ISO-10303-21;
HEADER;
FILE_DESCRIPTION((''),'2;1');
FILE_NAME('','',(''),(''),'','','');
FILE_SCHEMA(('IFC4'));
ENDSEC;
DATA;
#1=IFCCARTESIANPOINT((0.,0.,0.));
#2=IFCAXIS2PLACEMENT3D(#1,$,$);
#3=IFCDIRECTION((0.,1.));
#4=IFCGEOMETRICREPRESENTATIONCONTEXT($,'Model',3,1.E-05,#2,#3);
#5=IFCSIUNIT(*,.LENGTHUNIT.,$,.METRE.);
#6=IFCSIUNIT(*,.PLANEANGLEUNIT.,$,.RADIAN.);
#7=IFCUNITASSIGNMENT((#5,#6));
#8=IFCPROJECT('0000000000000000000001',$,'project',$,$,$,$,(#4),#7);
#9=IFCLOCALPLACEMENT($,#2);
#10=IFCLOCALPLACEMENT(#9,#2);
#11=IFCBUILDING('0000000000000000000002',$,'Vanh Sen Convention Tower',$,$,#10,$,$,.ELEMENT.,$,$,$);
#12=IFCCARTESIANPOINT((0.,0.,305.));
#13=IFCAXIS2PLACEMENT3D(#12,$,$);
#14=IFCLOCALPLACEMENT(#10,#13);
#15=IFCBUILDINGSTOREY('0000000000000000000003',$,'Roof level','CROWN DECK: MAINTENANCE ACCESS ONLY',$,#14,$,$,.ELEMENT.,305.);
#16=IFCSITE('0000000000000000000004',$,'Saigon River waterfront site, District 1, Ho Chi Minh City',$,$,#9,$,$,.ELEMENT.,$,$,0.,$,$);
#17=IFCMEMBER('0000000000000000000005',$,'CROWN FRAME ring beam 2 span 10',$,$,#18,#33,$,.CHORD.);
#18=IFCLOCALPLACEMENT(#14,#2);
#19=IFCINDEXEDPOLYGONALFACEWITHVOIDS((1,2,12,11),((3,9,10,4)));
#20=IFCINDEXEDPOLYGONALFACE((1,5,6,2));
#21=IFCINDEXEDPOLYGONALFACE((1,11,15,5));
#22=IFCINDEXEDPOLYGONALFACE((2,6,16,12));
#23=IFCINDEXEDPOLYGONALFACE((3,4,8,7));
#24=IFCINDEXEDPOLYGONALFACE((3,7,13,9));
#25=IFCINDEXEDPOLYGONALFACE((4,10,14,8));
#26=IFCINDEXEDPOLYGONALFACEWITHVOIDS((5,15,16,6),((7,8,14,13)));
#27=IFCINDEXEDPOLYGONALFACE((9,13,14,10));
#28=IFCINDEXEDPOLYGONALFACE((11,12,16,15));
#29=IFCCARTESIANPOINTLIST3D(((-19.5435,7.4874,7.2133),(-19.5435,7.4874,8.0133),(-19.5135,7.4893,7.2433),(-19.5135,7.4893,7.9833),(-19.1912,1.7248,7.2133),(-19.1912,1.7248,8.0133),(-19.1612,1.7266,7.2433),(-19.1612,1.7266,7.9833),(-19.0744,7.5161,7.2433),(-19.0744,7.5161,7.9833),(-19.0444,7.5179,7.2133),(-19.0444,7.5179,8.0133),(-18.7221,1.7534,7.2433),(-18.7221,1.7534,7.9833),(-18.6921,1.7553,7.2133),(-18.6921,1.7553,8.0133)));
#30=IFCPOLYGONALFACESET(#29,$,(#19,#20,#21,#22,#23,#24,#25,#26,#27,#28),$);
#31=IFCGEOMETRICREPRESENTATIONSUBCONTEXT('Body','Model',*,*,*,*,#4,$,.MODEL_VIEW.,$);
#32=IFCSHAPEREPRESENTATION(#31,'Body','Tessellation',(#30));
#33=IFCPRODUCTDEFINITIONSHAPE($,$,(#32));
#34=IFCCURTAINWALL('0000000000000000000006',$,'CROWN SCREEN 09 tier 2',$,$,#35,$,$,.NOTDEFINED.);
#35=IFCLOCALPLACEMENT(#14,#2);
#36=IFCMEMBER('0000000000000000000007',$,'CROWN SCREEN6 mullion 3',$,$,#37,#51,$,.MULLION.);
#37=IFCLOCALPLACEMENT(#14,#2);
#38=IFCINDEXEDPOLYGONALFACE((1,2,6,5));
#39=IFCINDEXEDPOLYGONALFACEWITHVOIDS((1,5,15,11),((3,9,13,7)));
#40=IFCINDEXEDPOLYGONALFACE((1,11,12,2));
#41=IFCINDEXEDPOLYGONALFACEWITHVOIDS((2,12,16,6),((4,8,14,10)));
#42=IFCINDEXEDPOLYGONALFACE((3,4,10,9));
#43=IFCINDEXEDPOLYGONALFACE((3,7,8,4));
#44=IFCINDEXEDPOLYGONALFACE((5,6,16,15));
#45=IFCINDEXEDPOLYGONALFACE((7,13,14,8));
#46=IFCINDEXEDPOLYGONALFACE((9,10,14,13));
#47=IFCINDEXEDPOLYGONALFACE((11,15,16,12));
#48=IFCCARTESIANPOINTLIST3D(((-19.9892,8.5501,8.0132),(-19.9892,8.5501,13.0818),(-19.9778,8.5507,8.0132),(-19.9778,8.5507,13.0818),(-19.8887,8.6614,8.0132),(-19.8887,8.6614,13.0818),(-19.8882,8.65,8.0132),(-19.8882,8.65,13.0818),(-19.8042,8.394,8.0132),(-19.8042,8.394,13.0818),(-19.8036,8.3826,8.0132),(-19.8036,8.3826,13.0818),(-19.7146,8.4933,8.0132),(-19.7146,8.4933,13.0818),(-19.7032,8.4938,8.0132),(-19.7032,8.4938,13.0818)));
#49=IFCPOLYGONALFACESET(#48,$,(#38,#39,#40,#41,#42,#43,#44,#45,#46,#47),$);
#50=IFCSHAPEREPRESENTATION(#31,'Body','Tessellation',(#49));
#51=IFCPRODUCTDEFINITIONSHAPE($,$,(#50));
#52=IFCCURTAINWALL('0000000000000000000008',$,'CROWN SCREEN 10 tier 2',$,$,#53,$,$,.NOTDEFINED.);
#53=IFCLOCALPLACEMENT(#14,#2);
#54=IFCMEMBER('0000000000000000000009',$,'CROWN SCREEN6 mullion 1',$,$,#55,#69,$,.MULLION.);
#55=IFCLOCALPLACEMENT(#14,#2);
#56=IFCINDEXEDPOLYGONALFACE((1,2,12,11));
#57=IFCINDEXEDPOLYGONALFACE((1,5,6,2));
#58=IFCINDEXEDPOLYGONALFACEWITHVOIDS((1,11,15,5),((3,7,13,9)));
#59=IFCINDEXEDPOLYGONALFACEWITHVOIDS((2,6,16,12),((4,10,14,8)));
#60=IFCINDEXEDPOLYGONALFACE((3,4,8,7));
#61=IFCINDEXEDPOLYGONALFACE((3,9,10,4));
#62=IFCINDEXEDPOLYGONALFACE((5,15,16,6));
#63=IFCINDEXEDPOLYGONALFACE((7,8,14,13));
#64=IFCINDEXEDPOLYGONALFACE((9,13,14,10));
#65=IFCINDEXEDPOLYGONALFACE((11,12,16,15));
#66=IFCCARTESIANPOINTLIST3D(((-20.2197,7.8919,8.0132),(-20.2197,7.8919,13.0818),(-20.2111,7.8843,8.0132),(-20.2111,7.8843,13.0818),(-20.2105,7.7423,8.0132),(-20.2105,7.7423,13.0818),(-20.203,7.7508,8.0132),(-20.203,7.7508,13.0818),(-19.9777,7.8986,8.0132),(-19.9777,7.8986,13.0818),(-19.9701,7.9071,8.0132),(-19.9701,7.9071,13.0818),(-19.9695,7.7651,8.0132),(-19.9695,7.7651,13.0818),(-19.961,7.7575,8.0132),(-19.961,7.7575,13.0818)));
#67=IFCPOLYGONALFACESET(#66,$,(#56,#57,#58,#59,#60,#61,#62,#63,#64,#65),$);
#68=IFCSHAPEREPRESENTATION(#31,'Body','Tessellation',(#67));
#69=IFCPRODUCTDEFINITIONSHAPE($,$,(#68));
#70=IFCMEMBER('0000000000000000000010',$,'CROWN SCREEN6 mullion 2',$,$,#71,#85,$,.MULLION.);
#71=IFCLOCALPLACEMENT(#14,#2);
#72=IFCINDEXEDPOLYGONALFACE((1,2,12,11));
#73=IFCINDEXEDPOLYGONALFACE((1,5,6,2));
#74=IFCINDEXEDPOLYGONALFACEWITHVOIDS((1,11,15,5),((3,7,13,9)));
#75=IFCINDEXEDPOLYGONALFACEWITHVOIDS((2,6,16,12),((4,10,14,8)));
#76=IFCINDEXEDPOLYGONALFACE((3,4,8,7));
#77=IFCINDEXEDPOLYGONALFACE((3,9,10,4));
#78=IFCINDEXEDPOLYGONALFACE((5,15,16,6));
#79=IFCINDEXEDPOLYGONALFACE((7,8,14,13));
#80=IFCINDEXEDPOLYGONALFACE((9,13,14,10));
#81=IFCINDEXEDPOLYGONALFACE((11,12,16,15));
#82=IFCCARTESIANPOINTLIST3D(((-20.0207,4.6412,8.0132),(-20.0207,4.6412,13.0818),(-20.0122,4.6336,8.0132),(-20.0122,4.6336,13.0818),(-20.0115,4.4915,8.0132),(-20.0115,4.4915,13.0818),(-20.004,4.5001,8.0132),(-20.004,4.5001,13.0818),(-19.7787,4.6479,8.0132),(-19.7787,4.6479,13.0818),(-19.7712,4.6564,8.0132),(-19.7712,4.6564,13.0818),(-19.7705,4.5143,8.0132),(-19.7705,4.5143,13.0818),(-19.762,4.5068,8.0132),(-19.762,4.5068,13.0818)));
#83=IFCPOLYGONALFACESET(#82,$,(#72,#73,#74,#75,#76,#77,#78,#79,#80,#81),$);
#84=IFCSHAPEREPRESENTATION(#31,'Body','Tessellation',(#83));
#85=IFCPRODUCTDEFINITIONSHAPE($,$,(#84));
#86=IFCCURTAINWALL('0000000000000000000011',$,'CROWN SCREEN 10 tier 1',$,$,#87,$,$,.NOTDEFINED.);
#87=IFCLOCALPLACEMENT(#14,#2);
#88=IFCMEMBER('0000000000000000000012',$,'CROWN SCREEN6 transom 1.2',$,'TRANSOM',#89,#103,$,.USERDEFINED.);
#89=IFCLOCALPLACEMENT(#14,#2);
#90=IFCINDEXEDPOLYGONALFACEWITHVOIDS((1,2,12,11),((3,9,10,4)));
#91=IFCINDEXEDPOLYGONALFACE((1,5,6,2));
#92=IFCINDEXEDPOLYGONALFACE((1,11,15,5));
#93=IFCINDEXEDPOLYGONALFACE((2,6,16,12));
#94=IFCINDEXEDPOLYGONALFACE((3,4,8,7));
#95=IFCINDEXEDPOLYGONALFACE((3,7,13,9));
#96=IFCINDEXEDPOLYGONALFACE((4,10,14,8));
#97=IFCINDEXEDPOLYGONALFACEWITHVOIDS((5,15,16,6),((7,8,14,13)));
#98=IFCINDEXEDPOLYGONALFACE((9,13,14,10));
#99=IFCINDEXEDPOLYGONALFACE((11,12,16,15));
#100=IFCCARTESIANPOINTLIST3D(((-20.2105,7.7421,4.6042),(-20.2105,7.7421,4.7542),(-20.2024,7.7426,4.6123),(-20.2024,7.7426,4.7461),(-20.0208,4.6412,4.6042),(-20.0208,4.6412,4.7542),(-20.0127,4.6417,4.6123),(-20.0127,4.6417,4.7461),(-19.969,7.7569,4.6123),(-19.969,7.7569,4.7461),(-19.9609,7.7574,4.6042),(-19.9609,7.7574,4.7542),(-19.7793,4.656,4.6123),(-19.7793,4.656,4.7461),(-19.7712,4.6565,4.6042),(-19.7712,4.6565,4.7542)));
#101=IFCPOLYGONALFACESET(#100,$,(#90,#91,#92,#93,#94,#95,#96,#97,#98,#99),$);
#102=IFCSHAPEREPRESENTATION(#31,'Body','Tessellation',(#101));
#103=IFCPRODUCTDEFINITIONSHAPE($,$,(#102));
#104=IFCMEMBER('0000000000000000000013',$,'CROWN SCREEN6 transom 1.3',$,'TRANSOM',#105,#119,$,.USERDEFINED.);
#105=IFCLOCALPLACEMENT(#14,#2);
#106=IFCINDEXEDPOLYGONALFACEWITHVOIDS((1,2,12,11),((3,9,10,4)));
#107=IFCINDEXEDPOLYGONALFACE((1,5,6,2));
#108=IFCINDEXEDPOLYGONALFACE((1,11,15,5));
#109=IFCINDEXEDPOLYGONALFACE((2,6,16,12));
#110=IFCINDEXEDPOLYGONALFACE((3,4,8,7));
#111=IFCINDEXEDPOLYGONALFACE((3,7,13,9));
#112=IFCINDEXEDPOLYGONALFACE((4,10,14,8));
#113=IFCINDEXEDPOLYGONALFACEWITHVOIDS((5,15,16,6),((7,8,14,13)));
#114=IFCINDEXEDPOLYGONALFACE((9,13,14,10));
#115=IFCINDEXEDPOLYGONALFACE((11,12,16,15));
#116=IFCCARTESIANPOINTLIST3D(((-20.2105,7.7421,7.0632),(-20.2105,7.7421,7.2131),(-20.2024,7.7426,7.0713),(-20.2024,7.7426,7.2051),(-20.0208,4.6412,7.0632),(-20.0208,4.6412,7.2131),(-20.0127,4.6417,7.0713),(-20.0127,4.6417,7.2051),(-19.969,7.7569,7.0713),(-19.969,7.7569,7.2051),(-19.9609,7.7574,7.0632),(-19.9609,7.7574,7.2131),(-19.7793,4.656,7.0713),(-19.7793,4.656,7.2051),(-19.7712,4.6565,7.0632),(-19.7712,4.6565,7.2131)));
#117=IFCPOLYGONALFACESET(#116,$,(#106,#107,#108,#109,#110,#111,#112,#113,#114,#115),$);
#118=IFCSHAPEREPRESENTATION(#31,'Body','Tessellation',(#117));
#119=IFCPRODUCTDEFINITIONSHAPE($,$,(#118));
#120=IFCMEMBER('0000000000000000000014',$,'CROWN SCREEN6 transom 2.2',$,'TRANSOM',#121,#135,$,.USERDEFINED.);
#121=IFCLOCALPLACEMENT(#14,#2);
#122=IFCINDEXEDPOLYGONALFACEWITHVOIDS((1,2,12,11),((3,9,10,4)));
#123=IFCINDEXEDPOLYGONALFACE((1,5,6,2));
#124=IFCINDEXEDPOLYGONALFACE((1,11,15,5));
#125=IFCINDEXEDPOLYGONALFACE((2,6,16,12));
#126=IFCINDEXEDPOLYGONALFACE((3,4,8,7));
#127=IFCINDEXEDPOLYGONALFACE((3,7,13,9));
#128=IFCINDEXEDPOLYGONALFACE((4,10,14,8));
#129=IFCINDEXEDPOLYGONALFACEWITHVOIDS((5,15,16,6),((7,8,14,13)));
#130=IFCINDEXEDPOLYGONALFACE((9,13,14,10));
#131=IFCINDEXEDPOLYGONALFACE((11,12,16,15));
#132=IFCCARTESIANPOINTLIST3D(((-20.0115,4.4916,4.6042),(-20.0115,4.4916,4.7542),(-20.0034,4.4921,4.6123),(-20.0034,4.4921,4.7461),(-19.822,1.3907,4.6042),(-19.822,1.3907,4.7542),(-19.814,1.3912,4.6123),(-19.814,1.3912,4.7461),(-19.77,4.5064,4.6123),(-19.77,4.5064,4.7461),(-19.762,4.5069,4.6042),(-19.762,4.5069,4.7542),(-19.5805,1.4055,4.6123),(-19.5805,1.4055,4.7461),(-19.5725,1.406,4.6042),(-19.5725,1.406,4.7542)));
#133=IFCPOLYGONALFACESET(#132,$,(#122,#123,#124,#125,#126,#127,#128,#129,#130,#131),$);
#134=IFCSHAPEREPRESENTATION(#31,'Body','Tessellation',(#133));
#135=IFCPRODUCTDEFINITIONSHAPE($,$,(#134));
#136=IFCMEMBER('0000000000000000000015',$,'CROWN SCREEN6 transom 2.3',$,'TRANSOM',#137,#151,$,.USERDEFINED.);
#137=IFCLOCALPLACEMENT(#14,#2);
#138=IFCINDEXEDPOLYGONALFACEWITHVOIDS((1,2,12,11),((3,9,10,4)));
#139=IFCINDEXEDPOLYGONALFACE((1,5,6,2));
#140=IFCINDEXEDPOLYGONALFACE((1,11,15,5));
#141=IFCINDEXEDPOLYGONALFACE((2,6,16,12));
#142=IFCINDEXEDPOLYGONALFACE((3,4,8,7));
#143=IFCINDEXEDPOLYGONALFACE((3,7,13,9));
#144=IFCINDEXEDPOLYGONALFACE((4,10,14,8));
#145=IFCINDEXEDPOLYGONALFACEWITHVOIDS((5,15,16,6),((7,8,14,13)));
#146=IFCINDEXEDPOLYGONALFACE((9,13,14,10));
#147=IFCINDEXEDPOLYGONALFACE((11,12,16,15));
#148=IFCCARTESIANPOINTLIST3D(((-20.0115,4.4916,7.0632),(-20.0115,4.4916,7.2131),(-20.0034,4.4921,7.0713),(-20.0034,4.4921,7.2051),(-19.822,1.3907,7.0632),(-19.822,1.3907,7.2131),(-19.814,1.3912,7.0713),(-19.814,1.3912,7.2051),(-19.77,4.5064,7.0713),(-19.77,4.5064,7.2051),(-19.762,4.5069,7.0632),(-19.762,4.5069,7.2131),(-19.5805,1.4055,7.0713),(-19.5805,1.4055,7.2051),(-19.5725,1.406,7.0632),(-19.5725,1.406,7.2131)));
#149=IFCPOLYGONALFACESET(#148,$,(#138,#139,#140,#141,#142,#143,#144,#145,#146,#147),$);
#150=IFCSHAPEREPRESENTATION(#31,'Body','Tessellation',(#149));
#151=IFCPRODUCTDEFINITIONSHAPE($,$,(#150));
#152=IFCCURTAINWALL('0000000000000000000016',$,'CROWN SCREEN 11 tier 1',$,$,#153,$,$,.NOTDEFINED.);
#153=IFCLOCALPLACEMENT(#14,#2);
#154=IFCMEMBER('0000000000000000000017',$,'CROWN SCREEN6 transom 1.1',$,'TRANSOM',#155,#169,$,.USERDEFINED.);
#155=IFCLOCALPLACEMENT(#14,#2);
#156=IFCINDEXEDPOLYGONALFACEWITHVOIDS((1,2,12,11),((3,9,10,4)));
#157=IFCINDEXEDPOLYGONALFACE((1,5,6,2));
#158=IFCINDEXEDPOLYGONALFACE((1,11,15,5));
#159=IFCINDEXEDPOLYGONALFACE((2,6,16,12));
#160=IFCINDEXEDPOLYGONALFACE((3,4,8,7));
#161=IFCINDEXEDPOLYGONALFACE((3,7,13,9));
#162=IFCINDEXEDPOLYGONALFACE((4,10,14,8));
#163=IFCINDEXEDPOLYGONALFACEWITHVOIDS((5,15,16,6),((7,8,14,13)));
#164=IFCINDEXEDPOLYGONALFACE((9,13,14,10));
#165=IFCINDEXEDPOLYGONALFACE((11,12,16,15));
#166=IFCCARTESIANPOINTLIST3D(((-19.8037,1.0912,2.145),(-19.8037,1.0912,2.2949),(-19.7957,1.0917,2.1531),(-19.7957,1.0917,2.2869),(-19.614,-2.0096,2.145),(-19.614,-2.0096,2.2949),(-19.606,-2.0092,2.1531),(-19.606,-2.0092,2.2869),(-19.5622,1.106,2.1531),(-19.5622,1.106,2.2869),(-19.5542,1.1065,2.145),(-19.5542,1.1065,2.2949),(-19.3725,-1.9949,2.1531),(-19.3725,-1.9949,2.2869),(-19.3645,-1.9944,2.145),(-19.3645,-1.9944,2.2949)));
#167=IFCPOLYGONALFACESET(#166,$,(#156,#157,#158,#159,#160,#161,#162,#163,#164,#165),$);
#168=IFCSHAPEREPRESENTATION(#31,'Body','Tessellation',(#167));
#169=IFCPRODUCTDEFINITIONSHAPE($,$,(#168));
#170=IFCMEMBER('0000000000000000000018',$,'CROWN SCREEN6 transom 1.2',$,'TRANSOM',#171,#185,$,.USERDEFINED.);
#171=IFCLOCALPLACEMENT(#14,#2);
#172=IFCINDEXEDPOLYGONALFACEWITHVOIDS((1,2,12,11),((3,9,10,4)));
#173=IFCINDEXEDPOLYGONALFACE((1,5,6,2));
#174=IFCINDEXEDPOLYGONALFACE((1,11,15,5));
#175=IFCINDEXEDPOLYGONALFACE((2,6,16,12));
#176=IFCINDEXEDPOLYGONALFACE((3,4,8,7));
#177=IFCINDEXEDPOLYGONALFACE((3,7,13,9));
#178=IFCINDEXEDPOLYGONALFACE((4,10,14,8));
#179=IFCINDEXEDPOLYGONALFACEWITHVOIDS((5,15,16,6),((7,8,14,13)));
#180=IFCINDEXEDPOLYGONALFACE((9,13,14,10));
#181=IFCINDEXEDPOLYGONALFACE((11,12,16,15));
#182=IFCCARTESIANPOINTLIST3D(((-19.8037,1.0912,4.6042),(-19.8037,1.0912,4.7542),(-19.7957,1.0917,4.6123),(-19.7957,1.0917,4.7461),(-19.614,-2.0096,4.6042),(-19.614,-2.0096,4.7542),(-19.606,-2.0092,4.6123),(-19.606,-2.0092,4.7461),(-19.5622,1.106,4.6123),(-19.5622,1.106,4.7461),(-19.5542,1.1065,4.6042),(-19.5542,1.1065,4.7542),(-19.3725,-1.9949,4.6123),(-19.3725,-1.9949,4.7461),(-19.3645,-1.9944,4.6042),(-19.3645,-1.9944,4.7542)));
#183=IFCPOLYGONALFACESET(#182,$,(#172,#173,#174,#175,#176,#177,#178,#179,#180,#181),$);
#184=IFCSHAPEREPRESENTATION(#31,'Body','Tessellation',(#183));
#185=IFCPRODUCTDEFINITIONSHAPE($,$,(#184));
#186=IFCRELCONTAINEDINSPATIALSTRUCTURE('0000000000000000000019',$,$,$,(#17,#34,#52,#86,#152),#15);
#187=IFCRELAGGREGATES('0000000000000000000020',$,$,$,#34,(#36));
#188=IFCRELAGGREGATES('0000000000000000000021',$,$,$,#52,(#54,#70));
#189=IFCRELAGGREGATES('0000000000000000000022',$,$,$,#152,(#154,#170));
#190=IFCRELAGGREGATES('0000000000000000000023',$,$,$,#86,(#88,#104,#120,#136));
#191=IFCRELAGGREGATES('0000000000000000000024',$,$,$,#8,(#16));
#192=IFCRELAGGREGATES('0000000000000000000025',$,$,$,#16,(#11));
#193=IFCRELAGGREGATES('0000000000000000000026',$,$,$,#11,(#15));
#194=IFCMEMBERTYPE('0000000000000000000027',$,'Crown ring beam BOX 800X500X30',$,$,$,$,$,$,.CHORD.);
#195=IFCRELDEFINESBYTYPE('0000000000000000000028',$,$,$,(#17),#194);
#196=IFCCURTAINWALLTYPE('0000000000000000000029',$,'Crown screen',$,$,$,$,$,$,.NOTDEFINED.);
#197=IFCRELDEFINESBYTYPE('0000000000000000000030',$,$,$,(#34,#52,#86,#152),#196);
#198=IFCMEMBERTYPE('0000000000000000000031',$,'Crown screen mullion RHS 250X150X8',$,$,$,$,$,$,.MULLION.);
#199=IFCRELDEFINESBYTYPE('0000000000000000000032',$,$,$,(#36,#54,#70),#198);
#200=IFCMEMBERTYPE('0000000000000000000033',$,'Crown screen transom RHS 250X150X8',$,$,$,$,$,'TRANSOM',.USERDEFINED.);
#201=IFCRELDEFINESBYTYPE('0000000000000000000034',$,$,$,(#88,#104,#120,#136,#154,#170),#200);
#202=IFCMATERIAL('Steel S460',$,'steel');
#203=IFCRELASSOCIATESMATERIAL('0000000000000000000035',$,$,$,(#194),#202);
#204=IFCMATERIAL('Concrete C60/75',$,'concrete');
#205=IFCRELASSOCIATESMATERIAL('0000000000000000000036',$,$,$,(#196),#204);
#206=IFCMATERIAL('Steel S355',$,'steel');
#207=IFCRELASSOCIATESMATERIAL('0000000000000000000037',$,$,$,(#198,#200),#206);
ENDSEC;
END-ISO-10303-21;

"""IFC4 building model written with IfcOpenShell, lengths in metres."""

from ifc_helpers import new_model, si_unit, direction, frame, origin, origin_2d, place, context, subcontext, project, spatial, hollow_rectangle, extrude, material, material_profile, profile_set, type_object, element, aggregate, save


model = new_model("IFC4")

# Units and contexts
model_context = context("Model", 3, precision=1e-05, world=origin(), true_north=direction((0.0, 1.0)))
body_context = subcontext(model_context, "Body", "Model", "MODEL_VIEW")
ifc_project = project(units=[si_unit("LENGTHUNIT", "METRE"), si_unit("PLANEANGLEUNIT", "RADIAN")], contexts=[model_context])

# Site, building, storey
site_placement = place(None, origin())
site = spatial("IfcSite", under=ifc_project, at=site_placement, Name="Saigon River waterfront site, District 1, Ho Chi Minh City", CompositionType="ELEMENT", RefElevation=0.0)
building_placement = place(site_placement, origin())
building = spatial("IfcBuilding", under=site, at=building_placement, Name="Vanh Sen Convention Tower", CompositionType="ELEMENT")
storey_placement = place(building_placement, frame((0.0, 0.0, 305.0)))
storey = spatial("IfcBuildingStorey", under=building, at=storey_placement, Name="Roof level", Description="CROWN DECK: MAINTENANCE ACCESS ONLY", CompositionType="ELEMENT", Elevation=305.0)

# Member
ifc_material_1 = material(Name="Steel S460", Category="steel")
ifc_material_profile_1 = material_profile(ifc_material_1, hollow_rectangle(XDim=0.5, YDim=0.8, WallThickness=0.03, at=origin_2d()), Name="BOX 800X500X30")
ifc_profile_set_1 = profile_set([ifc_material_profile_1], Name="Steel S460")
member_type_1 = type_object("IfcMemberType", Name="Crown ring beam BOX 800X500X30", PredefinedType="CHORD", material=ifc_profile_set_1)
member_1_placement = place(storey_placement, frame((-19.2939, 7.5027, 7.6133), z_axis=(0.06102, -0.998137, 0.0), x_axis=(0.998137, 0.06102, 0.0)))
element("IfcMember", 1, at=member_1_placement, inside=storey, type_object=member_type_1, Name="CROWN FRAME ring beam 2 span 10", PredefinedType="CHORD", context=body_context, shape_type="SweptSolid", body=[
    extrude(hollow_rectangle(XDim=0.5, YDim=0.8, WallThickness=0.03, at=origin_2d()), origin(), (0.0, 0.0, 1.0), 5.7734),
])

# Curtain wall, member
ifc_material_2 = material(Name="Concrete C60/75", Category="concrete")
curtain_wall_type = type_object("IfcCurtainWallType", Name="Crown screen", PredefinedType="NOTDEFINED", material=ifc_material_2)
curtain_wall_1_placement = place(storey_placement, origin())
curtain_wall_1 = element("IfcCurtainWall", 2, at=curtain_wall_1_placement, inside=storey, type_object=curtain_wall_type, Name="CROWN SCREEN 09 tier 2", PredefinedType="NOTDEFINED")
ifc_material_3 = material(Name="Steel S355", Category="steel")
ifc_material_profile_2 = material_profile(ifc_material_3, hollow_rectangle(XDim=0.25, YDim=0.1499, WallThickness=0.0081, at=origin_2d()), Name="RHS 250X150X8")
ifc_profile_set_2 = profile_set([ifc_material_profile_2], Name="Steel S355")
member_type_2 = type_object("IfcMemberType", Name="Crown screen mullion RHS 250X150X8", PredefinedType="MULLION", material=ifc_profile_set_2)
member_2_placement = place(storey_placement, frame((-19.8462, 8.522, 8.0132), z_axis=(0.0, 0.0, 1.0), x_axis=(0.742232, -0.670143, 0.0)))
member_2 = element("IfcMember", 3, at=member_2_placement, type_object=member_type_2, Name="CROWN SCREEN6 mullion 3", PredefinedType="MULLION", context=body_context, shape_type="SweptSolid", body=[
    extrude(hollow_rectangle(XDim=0.25, YDim=0.1499, WallThickness=0.0081, at=origin_2d()), origin(), (0.0, 0.0, 1.0), 5.0686),
])
aggregate(curtain_wall_1, [member_2])

# Curtain walls, members
curtain_wall_2_placement = place(storey_placement, origin())
curtain_wall_2 = element("IfcCurtainWall", 4, at=curtain_wall_2_placement, inside=storey, type_object=curtain_wall_type, Name="CROWN SCREEN 10 tier 2", PredefinedType="NOTDEFINED")
member_3_placement = place(storey_placement, frame((-20.0903, 7.8247, 8.0132), z_axis=(0.0, 0.0, 1.0), x_axis=(0.998135, 0.061051, 0.0)))
member_3 = element("IfcMember", 5, at=member_3_placement, type_object=member_type_2, Name="CROWN SCREEN6 mullion 1", PredefinedType="MULLION", context=body_context, shape_type="SweptSolid", body=[
    extrude(hollow_rectangle(XDim=0.25, YDim=0.1499, WallThickness=0.0081, at=origin_2d()), origin(), (0.0, 0.0, 1.0), 5.0686),
])
member_4_placement = place(storey_placement, frame((-19.8914, 4.574, 8.0132), z_axis=(0.0, 0.0, 1.0), x_axis=(0.998135, 0.061051, 0.0)))
member_4 = element("IfcMember", 6, at=member_4_placement, type_object=member_type_2, Name="CROWN SCREEN6 mullion 2", PredefinedType="MULLION", context=body_context, shape_type="SweptSolid", body=[
    extrude(hollow_rectangle(XDim=0.25, YDim=0.1499, WallThickness=0.0081, at=origin_2d()), origin(), (0.0, 0.0, 1.0), 5.0686),
])
aggregate(curtain_wall_2, [member_3, member_4])
curtain_wall_3_placement = place(storey_placement, origin())
curtain_wall_3 = element("IfcCurtainWall", 7, at=curtain_wall_3_placement, inside=storey, type_object=curtain_wall_type, Name="CROWN SCREEN 10 tier 1", PredefinedType="NOTDEFINED")
ifc_material_profile_3 = material_profile(ifc_material_3, hollow_rectangle(XDim=0.25, YDim=0.1499, WallThickness=0.0081, at=origin_2d()), Name="RHS 250X150X8")
ifc_profile_set_3 = profile_set([ifc_material_profile_3], Name="Steel S355")
member_type_3 = type_object("IfcMemberType", Name="Crown screen transom RHS 250X150X8", ElementType="TRANSOM", PredefinedType="USERDEFINED", material=ifc_profile_set_3)
member_5_placement = place(storey_placement, frame((-20.0857, 7.7498, 4.6792), z_axis=(0.061062, -0.998134, 0.0), x_axis=(0.998134, 0.061062, 0.0)))
member_5 = element("IfcMember", 8, at=member_5_placement, type_object=member_type_3, Name="CROWN SCREEN6 transom 1.2", ObjectType="TRANSOM", PredefinedType="USERDEFINED", context=body_context, shape_type="SweptSolid", body=[
    extrude(hollow_rectangle(XDim=0.25, YDim=0.1499, WallThickness=0.0081, at=origin_2d()), origin(), (0.0, 0.0, 1.0), 3.1067),
])
member_6_placement = place(storey_placement, frame((-20.0857, 7.7498, 7.1382), z_axis=(0.061062, -0.998134, 0.0), x_axis=(0.998134, 0.061062, 0.0)))
member_6 = element("IfcMember", 9, at=member_6_placement, type_object=member_type_3, Name="CROWN SCREEN6 transom 1.3", ObjectType="TRANSOM", PredefinedType="USERDEFINED", context=body_context, shape_type="SweptSolid", body=[
    extrude(hollow_rectangle(XDim=0.25, YDim=0.1499, WallThickness=0.0081, at=origin_2d()), origin(), (0.0, 0.0, 1.0), 3.1067),
])
member_7_placement = place(storey_placement, frame((-19.8867, 4.4993, 4.6792), z_axis=(0.060984, -0.998139, 0.0), x_axis=(0.998139, 0.060984, 0.0)))
member_7 = element("IfcMember", 10, at=member_7_placement, type_object=member_type_3, Name="CROWN SCREEN6 transom 2.2", ObjectType="TRANSOM", PredefinedType="USERDEFINED", context=body_context, shape_type="SweptSolid", body=[
    extrude(hollow_rectangle(XDim=0.25, YDim=0.1499, WallThickness=0.0081, at=origin_2d()), origin(), (0.0, 0.0, 1.0), 3.1067),
])
member_8_placement = place(storey_placement, frame((-19.8867, 4.4993, 7.1382), z_axis=(0.060984, -0.998139, 0.0), x_axis=(0.998139, 0.060984, 0.0)))
member_8 = element("IfcMember", 11, at=member_8_placement, type_object=member_type_3, Name="CROWN SCREEN6 transom 2.3", ObjectType="TRANSOM", PredefinedType="USERDEFINED", context=body_context, shape_type="SweptSolid", body=[
    extrude(hollow_rectangle(XDim=0.25, YDim=0.1499, WallThickness=0.0081, at=origin_2d()), origin(), (0.0, 0.0, 1.0), 3.1067),
])
curtain_wall_4_placement = place(storey_placement, origin())
curtain_wall_4 = element("IfcCurtainWall", 12, at=curtain_wall_4_placement, inside=storey, type_object=curtain_wall_type, Name="CROWN SCREEN 11 tier 1", PredefinedType="NOTDEFINED")
member_9_placement = place(storey_placement, frame((-19.679, 1.0989, 2.22), z_axis=(0.061062, -0.998134, 0.0), x_axis=(0.998134, 0.061062, 0.0)))
member_9 = element("IfcMember", 13, at=member_9_placement, type_object=member_type_3, Name="CROWN SCREEN6 transom 1.1", ObjectType="TRANSOM", PredefinedType="USERDEFINED", context=body_context, shape_type="SweptSolid", body=[
    extrude(hollow_rectangle(XDim=0.25, YDim=0.1499, WallThickness=0.0081, at=origin_2d()), origin(), (0.0, 0.0, 1.0), 3.1067),
])
member_10_placement = place(storey_placement, frame((-19.679, 1.0989, 4.6792), z_axis=(0.061062, -0.998134, 0.0), x_axis=(0.998134, 0.061062, 0.0)))
member_10 = element("IfcMember", 14, at=member_10_placement, type_object=member_type_3, Name="CROWN SCREEN6 transom 1.2", ObjectType="TRANSOM", PredefinedType="USERDEFINED", context=body_context, shape_type="SweptSolid", body=[
    extrude(hollow_rectangle(XDim=0.25, YDim=0.1499, WallThickness=0.0081, at=origin_2d()), origin(), (0.0, 0.0, 1.0), 3.1067),
])
aggregate(curtain_wall_4, [member_9, member_10])

aggregate(curtain_wall_3, [member_5, member_6, member_7, member_8])

save(model, "model.ifc")
